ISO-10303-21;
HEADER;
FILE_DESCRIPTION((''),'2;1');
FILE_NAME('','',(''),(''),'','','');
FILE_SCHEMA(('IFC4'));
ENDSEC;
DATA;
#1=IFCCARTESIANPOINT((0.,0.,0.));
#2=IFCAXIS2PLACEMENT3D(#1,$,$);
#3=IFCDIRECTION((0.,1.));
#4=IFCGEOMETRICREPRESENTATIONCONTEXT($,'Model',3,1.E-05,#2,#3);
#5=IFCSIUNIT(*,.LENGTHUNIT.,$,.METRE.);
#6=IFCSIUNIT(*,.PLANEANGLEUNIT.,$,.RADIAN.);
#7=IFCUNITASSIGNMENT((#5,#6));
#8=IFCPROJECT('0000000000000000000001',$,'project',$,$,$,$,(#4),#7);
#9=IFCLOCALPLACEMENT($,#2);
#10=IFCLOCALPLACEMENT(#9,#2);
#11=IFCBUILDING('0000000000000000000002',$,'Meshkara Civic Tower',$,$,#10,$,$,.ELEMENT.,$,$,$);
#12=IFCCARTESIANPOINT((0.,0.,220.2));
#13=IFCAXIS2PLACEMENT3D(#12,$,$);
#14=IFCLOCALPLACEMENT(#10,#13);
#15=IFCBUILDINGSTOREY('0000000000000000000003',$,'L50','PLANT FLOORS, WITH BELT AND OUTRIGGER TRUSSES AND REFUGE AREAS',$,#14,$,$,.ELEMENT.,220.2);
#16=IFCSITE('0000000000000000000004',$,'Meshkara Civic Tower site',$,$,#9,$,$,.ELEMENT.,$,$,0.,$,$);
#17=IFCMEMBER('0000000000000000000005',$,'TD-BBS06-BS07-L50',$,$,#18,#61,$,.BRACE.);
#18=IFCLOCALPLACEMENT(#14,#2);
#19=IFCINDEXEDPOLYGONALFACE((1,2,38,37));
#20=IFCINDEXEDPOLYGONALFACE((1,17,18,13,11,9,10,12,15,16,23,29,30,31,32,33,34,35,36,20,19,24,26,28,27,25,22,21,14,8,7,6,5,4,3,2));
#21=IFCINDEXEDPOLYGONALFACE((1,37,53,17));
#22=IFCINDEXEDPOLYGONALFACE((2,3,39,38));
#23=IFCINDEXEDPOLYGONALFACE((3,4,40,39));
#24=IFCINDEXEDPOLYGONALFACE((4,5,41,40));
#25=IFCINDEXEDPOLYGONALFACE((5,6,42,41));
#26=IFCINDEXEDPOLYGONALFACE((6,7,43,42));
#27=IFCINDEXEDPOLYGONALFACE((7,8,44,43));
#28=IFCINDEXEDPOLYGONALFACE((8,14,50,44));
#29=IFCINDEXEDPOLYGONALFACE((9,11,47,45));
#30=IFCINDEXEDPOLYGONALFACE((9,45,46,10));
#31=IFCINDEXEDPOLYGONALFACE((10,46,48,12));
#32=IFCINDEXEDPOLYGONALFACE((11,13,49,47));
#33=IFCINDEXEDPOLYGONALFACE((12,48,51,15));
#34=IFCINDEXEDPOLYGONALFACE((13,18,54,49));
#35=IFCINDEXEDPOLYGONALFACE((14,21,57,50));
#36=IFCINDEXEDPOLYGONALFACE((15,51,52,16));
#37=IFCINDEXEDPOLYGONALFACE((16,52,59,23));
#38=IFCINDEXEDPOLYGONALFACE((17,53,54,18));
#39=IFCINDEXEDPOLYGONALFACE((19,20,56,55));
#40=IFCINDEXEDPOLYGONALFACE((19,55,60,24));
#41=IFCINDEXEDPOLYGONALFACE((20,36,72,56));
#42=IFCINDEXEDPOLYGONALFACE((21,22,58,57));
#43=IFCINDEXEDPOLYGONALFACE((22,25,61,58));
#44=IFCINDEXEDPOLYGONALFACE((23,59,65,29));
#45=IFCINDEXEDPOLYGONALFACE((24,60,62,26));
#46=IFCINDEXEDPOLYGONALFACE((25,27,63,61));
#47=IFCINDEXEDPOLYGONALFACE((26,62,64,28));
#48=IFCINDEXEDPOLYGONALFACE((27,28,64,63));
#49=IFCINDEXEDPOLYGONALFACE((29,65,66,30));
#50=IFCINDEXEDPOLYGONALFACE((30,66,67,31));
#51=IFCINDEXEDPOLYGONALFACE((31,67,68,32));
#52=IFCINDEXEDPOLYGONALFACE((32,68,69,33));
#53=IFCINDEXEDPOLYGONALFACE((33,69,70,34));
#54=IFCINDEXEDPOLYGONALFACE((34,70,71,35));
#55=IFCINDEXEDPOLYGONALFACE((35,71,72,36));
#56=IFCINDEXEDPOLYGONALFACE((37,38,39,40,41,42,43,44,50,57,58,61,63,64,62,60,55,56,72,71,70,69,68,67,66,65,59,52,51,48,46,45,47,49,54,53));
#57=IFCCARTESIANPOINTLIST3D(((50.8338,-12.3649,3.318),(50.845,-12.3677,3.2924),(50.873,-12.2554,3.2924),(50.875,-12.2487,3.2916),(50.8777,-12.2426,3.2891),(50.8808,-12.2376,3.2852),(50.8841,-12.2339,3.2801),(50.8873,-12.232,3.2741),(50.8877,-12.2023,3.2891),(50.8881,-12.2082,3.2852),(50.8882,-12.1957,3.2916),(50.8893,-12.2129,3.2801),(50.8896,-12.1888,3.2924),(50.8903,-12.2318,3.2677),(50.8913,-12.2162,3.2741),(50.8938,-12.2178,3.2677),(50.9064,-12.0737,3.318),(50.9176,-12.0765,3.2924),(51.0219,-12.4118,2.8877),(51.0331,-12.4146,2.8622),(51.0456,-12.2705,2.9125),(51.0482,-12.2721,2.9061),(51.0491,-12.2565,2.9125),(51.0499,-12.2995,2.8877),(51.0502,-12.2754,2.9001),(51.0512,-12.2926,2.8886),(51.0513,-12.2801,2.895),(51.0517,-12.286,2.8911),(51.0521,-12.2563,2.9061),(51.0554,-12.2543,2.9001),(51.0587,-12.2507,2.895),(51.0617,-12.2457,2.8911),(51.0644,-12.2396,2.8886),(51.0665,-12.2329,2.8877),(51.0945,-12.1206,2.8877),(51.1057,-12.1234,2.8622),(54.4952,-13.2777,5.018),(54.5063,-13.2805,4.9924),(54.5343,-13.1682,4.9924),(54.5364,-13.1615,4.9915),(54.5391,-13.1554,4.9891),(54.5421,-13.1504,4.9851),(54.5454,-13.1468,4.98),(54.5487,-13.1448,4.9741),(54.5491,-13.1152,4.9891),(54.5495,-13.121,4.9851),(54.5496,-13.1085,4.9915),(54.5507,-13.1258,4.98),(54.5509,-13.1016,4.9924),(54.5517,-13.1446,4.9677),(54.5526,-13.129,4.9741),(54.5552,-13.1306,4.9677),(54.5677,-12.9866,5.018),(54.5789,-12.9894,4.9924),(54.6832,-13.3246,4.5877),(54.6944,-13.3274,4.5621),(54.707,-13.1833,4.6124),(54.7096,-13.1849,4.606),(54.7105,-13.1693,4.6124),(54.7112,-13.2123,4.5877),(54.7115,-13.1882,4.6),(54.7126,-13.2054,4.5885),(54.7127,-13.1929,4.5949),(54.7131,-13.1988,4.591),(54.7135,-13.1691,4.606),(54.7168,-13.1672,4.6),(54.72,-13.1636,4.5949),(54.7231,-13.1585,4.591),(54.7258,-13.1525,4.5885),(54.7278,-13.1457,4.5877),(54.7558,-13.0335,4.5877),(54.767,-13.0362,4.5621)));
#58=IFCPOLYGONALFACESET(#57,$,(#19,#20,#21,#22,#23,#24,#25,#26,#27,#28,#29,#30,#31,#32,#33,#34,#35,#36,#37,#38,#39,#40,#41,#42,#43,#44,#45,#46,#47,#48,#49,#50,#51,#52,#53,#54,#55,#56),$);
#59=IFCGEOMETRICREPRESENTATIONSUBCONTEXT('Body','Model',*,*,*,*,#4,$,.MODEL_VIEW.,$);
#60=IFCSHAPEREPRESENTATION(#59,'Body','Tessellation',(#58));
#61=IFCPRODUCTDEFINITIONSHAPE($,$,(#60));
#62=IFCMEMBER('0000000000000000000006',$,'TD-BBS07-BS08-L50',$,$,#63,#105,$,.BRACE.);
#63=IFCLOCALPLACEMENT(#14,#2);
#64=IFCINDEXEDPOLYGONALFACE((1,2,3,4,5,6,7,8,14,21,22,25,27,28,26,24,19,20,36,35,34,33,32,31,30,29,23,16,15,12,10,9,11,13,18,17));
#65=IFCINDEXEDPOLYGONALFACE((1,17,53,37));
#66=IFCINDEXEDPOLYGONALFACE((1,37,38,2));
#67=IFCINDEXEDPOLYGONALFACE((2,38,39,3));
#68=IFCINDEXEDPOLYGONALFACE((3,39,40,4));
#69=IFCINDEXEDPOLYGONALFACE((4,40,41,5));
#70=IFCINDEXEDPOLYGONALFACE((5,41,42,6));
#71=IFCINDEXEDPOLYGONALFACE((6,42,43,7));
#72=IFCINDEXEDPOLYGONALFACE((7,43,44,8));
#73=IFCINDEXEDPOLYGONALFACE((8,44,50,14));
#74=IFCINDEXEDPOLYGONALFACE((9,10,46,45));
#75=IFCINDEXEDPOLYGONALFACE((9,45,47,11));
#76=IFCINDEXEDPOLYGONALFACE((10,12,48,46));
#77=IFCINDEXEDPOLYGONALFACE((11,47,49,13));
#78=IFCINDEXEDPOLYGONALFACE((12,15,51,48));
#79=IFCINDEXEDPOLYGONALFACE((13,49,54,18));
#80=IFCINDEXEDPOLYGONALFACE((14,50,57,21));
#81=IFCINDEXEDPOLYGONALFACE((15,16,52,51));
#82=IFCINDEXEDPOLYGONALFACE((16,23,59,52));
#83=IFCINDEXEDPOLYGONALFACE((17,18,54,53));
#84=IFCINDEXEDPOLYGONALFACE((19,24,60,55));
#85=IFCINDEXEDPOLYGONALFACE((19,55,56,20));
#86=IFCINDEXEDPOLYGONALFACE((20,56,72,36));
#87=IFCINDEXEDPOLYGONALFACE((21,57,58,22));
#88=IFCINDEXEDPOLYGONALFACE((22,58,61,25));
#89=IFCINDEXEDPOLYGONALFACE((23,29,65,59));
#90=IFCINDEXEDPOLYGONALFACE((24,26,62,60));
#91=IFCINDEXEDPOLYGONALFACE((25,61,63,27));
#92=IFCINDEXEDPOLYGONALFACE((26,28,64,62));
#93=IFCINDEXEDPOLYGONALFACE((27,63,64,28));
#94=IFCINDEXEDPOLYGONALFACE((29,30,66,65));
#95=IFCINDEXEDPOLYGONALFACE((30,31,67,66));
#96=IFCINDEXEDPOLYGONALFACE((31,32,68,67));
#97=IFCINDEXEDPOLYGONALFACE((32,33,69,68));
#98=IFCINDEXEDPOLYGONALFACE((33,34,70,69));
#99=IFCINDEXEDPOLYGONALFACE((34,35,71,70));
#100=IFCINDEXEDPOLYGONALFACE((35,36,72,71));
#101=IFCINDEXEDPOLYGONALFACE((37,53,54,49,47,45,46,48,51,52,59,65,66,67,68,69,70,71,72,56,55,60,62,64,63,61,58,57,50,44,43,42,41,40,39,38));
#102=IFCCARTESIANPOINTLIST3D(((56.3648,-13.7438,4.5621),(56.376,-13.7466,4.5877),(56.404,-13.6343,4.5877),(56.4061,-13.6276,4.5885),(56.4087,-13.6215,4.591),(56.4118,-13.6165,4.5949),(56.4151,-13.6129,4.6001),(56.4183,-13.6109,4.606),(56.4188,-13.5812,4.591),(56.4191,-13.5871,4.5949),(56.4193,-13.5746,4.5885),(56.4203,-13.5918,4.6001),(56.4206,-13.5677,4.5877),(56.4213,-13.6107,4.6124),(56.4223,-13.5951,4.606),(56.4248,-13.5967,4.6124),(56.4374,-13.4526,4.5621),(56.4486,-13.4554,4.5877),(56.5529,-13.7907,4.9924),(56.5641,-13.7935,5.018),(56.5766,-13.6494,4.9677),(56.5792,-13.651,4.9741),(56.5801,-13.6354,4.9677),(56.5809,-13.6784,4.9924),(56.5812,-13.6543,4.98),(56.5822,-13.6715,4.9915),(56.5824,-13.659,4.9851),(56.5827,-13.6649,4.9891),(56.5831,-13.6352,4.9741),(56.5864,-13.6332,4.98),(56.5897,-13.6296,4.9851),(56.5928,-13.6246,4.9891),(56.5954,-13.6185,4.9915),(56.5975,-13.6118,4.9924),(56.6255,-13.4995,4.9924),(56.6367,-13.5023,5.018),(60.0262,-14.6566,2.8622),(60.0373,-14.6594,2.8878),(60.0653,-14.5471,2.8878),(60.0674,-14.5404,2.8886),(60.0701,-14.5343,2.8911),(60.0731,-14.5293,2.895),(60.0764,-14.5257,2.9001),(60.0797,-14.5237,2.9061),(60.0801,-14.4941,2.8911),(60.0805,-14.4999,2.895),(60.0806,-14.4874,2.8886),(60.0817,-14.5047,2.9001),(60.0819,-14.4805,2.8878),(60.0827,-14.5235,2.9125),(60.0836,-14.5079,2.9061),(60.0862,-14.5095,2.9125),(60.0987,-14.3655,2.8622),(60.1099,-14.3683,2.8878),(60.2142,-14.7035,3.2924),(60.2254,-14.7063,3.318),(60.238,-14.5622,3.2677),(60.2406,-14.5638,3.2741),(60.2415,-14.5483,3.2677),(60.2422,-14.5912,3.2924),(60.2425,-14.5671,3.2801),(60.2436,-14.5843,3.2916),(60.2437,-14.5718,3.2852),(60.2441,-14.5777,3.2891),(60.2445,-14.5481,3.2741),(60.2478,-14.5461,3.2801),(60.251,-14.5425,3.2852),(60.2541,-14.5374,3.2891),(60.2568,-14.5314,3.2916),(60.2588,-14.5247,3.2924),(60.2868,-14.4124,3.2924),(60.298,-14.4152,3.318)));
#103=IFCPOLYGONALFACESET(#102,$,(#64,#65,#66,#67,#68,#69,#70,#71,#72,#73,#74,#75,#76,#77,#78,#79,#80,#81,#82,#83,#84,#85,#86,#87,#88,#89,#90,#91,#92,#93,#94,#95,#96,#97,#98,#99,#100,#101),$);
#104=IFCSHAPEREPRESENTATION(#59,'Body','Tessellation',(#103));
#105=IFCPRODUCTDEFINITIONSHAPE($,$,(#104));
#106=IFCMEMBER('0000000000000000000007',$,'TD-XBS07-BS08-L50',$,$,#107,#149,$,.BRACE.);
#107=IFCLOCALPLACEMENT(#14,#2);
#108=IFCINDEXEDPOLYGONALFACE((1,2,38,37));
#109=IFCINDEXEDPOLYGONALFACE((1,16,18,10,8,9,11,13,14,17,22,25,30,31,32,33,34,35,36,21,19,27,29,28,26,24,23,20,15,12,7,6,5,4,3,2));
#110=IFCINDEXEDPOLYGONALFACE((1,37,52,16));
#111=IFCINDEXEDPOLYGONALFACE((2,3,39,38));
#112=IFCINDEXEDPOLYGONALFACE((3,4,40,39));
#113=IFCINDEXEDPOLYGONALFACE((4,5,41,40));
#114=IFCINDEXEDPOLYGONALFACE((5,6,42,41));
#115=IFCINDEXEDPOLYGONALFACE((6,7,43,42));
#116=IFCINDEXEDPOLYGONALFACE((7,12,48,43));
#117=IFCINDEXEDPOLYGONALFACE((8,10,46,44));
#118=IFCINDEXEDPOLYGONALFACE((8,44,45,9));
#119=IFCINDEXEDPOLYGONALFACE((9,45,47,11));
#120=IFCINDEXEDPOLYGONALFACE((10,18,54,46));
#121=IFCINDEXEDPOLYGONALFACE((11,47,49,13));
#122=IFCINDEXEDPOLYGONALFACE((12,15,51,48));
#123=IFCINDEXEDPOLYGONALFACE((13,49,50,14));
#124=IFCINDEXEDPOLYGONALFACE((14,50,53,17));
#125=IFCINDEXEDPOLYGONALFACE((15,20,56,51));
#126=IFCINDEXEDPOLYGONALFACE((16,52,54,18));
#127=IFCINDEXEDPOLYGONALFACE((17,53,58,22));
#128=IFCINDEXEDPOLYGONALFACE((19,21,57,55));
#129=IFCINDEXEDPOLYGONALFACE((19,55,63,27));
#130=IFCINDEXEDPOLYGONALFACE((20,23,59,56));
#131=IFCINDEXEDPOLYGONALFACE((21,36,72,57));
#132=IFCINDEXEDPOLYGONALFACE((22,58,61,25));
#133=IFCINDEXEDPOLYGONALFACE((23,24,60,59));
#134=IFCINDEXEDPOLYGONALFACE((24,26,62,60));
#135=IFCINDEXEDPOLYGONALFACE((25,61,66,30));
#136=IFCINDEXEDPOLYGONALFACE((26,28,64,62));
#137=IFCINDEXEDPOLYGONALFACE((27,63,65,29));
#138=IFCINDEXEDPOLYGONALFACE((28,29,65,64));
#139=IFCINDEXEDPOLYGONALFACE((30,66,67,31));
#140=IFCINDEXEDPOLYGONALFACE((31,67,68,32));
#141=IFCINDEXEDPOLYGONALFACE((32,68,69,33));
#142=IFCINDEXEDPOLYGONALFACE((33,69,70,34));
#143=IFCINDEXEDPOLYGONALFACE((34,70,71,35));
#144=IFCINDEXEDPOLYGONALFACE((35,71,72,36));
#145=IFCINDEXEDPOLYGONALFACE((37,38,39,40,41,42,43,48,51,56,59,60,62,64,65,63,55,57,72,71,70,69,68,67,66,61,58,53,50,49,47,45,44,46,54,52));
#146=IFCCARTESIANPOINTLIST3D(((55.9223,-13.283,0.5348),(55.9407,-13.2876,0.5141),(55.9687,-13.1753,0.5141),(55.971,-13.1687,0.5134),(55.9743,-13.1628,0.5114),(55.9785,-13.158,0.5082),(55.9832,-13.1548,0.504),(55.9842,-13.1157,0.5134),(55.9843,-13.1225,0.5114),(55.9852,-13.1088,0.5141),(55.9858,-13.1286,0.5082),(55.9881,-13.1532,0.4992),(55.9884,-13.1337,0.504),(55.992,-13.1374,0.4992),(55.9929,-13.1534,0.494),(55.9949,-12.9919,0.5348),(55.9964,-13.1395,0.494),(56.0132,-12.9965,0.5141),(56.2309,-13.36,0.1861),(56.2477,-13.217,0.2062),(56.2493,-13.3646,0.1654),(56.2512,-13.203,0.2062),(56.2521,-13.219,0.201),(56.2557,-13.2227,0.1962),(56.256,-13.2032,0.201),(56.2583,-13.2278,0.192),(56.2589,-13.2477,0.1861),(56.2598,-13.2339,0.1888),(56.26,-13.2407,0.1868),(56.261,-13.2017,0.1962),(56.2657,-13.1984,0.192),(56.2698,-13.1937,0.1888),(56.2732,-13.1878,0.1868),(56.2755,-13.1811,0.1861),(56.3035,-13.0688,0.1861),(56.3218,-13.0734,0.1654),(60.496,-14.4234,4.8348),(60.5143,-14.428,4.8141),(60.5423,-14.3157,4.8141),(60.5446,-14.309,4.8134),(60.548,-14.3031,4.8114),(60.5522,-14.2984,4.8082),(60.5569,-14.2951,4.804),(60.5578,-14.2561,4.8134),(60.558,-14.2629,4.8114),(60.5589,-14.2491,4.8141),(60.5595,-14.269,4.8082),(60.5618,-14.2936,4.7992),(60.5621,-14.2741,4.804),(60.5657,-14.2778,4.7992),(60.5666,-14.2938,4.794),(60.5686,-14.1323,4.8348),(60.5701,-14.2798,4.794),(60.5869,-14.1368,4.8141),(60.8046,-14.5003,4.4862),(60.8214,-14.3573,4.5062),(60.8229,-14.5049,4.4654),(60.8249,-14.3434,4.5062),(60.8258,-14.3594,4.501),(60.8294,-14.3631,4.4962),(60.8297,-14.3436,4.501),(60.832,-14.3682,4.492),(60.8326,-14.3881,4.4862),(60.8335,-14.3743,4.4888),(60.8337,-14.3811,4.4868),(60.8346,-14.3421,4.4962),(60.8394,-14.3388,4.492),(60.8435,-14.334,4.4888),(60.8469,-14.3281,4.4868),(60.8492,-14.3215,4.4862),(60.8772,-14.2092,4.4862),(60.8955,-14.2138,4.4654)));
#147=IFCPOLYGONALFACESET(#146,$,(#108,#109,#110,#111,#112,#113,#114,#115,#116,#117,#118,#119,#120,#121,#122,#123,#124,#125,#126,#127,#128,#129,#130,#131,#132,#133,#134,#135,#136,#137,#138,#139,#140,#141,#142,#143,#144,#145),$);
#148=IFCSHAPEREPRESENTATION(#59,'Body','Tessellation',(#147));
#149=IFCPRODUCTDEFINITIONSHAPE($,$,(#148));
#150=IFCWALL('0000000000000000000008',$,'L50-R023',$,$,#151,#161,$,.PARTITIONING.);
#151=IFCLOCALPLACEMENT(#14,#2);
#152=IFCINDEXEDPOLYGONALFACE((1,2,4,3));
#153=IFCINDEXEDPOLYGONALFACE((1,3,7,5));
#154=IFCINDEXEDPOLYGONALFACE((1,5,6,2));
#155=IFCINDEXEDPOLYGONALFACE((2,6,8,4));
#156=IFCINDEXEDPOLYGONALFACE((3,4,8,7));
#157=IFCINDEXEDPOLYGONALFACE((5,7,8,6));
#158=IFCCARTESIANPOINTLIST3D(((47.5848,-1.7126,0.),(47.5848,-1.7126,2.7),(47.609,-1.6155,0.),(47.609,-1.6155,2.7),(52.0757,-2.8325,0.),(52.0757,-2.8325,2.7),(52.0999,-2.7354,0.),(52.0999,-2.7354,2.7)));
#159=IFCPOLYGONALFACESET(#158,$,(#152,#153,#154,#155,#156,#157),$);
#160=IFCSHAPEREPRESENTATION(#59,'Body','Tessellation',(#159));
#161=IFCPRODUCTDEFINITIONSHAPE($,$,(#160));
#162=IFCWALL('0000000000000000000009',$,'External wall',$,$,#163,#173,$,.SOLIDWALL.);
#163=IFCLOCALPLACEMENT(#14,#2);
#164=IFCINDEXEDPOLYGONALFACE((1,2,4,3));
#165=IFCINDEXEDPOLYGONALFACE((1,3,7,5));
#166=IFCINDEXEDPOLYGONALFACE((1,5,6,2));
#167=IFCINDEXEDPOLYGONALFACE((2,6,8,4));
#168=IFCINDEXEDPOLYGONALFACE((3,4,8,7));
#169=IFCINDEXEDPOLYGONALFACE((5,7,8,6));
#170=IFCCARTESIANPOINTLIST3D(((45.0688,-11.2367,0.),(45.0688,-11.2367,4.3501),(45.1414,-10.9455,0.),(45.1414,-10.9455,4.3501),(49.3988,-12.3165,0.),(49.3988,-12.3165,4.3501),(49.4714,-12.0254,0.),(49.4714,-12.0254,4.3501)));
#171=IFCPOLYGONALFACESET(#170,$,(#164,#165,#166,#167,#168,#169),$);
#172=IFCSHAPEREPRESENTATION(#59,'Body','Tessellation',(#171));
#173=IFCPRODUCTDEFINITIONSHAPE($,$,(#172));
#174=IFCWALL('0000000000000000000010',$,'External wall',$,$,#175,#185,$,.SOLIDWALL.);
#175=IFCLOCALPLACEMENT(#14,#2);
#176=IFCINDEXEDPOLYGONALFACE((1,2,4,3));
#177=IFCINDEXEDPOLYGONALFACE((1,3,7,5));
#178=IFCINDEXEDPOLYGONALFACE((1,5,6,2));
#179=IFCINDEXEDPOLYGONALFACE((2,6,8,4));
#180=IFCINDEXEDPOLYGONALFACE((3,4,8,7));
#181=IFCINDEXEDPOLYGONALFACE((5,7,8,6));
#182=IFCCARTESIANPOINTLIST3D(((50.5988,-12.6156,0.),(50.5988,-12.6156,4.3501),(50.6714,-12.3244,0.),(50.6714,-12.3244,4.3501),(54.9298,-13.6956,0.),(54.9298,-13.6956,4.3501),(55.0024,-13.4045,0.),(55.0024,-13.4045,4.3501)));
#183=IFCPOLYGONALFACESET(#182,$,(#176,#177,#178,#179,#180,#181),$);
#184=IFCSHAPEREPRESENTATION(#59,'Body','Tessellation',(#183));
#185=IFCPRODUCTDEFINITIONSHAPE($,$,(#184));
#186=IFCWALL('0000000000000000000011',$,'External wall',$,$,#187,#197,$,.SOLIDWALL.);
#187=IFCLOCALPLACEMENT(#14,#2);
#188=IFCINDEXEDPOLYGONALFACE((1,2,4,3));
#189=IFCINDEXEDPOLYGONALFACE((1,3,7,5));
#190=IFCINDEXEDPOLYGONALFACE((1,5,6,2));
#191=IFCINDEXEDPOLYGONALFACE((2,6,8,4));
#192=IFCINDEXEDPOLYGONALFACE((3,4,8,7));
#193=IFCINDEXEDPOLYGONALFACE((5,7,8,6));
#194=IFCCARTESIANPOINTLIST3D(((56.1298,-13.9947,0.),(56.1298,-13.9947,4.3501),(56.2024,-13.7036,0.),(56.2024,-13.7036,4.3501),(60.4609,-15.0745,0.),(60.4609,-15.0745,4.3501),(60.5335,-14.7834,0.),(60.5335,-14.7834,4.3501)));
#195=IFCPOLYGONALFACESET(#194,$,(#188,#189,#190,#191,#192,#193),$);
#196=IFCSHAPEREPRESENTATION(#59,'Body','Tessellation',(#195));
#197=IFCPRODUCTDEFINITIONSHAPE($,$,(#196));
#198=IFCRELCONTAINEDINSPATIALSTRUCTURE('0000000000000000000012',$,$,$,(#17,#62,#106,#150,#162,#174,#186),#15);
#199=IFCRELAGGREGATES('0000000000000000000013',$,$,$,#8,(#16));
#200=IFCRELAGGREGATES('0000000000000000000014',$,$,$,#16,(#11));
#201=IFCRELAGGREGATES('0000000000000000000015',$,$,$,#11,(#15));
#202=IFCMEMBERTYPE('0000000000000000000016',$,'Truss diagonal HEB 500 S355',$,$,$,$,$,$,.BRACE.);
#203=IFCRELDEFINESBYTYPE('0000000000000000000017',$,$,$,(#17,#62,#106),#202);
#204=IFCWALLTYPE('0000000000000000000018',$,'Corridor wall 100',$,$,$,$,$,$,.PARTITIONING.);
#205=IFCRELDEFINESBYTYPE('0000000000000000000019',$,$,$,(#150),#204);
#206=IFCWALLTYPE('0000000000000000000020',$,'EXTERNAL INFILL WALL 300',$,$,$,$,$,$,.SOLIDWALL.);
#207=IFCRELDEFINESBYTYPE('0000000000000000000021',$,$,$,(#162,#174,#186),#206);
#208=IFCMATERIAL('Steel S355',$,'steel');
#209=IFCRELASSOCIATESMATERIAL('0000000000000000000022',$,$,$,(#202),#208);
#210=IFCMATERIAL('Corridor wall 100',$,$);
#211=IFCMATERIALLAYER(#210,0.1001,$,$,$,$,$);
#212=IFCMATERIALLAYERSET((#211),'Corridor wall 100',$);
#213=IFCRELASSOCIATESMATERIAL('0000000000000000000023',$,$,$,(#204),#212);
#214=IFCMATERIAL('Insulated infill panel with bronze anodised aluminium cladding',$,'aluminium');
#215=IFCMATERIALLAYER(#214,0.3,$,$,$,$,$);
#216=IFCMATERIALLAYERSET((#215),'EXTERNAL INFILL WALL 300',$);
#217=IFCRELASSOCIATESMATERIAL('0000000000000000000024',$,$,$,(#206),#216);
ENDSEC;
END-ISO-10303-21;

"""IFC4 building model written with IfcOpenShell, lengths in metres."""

from ifc_helpers import new_model, si_unit, direction, frame, frame_2d, origin, origin_2d, place, context, subcontext, project, spatial, rectangle, i_section, extrude, material, layer, layer_set, material_profile, profile_set, type_object, element, save


model = new_model("IFC4")

# Units and contexts
model_context = context("Model", 3, precision=1e-05, world=origin(), true_north=direction((0.0, 1.0)))
body_context = subcontext(model_context, "Body", "Model", "MODEL_VIEW")
ifc_project = project(units=[si_unit("LENGTHUNIT", "METRE"), si_unit("PLANEANGLEUNIT", "RADIAN")], contexts=[model_context])

# Site, building, storey
site_placement = place(None, origin())
site = spatial("IfcSite", under=ifc_project, at=site_placement, Name="Meshkara Civic Tower site", CompositionType="ELEMENT", RefElevation=0.0)
building_placement = place(site_placement, origin())
building = spatial("IfcBuilding", under=site, at=building_placement, Name="Meshkara Civic Tower", CompositionType="ELEMENT")
storey_placement = place(building_placement, frame((0.0, 0.0, 220.2)))
storey = spatial("IfcBuildingStorey", under=building, at=storey_placement, Name="L50", Description="PLANT FLOORS, WITH BELT AND OUTRIGGER TRUSSES AND REFUGE AREAS", CompositionType="ELEMENT", Elevation=220.2)

# Members
ifc_material_1 = material(Name="Steel S355", Category="steel")
ifc_material_profile_1 = material_profile(ifc_material_1, i_section(OverallWidth=0.3, OverallDepth=0.5, WebThickness=0.0144, FlangeThickness=0.0281, FilletRadius=0.0271, at=origin_2d()))
ifc_profile_set_1 = profile_set([ifc_material_profile_1], Name="Steel S355")
member_type_1 = type_object("IfcMemberType", Name="Truss diagonal HEB 500 S355", PredefinedType="BRACE", material=ifc_profile_set_1)
for number, where, z_axis, x_axis, name in (
    (1, (50.9697, -12.2441, 3.0901), (0.884669, -0.220563, 0.410746), (0.241911, 0.970298, 0.0), "TD-BBS06-BS07-L50"),
    (2, (56.5007, -13.623, 4.79), (0.884669, -0.220563, -0.410746), (0.241911, 0.970298, 0.0), "TD-BBS07-BS08-L50"),
):
    element("IfcMember", number, at=place(storey_placement, frame(where, z_axis=z_axis, x_axis=x_axis)), inside=storey, type_object=member_type_1, Name=name, PredefinedType="BRACE", context=body_context, shape_type="SweptSolid", body=[
        extrude(i_section(OverallWidth=0.3, OverallDepth=0.5, WebThickness=0.0144, FlangeThickness=0.0281, FilletRadius=0.0271, at=origin_2d()), origin(), (0.0, 0.0, 1.0), 4.1387),
    ])
member_1_placement = place(storey_placement, frame((56.1221, -13.1782, 0.3501), z_axis=(0.716837, -0.178731, 0.673943), x_axis=(0.241926, 0.970295, 0.0)))
element("IfcMember", 3, at=member_1_placement, inside=storey, type_object=member_type_1, Name="TD-XBS07-BS08-L50", PredefinedType="BRACE", context=body_context, shape_type="SweptSolid", body=[
    extrude(i_section(OverallWidth=0.3, OverallDepth=0.5, WebThickness=0.0144, FlangeThickness=0.0281, FilletRadius=0.0271, at=origin_2d()), origin(), (0.0, 0.0, 1.0), 6.3804),
])

# Walls
ifc_material_2 = material(Name="Corridor wall 100")
ifc_layer_1 = layer(ifc_material_2, 0.1001)
ifc_layer_set_1 = layer_set([ifc_layer_1], Name="Corridor wall 100")
wall_type_1 = type_object("IfcWallType", Name="Corridor wall 100", PredefinedType="PARTITIONING", material=ifc_layer_set_1)
wall_1_placement = place(storey_placement, frame((47.5969, -1.6641, 0.0), z_axis=(0.0, 0.0, 1.0), x_axis=(0.970288, -0.241952, 0.0)))
element("IfcWall", 4, at=wall_1_placement, inside=storey, type_object=wall_type_1, Name="L50-R023", PredefinedType="PARTITIONING", context=body_context, shape_type="SweptSolid", body=[
    extrude(rectangle(XDim=4.6284, YDim=0.1001, at=frame_2d((2.3142, 0.0))), origin(), (0.0, 0.0, 1.0), 2.7),
])
ifc_material_3 = material(Name="Insulated infill panel with bronze anodised aluminium cladding", Category="aluminium")
ifc_layer_2 = layer(ifc_material_3, 0.3)
ifc_layer_set_2 = layer_set([ifc_layer_2], Name="EXTERNAL INFILL WALL 300")
wall_type_2 = type_object("IfcWallType", Name="EXTERNAL INFILL WALL 300", PredefinedType="SOLIDWALL", material=ifc_layer_set_2)
wall_2_placement = place(storey_placement, frame((45.105, -11.0911, 0.0), z_axis=(0.0, 0.0, 1.0), x_axis=(0.970284, -0.241969, 0.0)))
element("IfcWall", 5, at=wall_2_placement, inside=storey, type_object=wall_type_2, Name="External wall", PredefinedType="SOLIDWALL", context=body_context, shape_type="SweptSolid", body=[
    extrude(rectangle(XDim=4.4626, YDim=0.3, at=frame_2d((2.2314, 0.0))), origin(), (0.0, 0.0, 1.0), 4.3501),
])
for number, where, z_axis, x_axis, name in (
    (6, (50.635, -12.47, 0.0), (0.0, 0.0, 1.0), (0.970284, -0.241969, 0.0), "External wall"),
    (7, (56.166, -13.8491, 0.0), (0.0, 0.0, 1.0), (0.970297, -0.241918, 0.0), "External wall"),
):
    element("IfcWall", number, at=place(storey_placement, frame(where, z_axis=z_axis, x_axis=x_axis)), inside=storey, type_object=wall_type_2, Name=name, PredefinedType="SOLIDWALL", context=body_context, shape_type="SweptSolid", body=[
        extrude(rectangle(XDim=4.4636, YDim=0.3, at=frame_2d((2.2319, 0.0))), origin(), (0.0, 0.0, 1.0), 4.3501),
    ])

save(model, "model.ifc")
